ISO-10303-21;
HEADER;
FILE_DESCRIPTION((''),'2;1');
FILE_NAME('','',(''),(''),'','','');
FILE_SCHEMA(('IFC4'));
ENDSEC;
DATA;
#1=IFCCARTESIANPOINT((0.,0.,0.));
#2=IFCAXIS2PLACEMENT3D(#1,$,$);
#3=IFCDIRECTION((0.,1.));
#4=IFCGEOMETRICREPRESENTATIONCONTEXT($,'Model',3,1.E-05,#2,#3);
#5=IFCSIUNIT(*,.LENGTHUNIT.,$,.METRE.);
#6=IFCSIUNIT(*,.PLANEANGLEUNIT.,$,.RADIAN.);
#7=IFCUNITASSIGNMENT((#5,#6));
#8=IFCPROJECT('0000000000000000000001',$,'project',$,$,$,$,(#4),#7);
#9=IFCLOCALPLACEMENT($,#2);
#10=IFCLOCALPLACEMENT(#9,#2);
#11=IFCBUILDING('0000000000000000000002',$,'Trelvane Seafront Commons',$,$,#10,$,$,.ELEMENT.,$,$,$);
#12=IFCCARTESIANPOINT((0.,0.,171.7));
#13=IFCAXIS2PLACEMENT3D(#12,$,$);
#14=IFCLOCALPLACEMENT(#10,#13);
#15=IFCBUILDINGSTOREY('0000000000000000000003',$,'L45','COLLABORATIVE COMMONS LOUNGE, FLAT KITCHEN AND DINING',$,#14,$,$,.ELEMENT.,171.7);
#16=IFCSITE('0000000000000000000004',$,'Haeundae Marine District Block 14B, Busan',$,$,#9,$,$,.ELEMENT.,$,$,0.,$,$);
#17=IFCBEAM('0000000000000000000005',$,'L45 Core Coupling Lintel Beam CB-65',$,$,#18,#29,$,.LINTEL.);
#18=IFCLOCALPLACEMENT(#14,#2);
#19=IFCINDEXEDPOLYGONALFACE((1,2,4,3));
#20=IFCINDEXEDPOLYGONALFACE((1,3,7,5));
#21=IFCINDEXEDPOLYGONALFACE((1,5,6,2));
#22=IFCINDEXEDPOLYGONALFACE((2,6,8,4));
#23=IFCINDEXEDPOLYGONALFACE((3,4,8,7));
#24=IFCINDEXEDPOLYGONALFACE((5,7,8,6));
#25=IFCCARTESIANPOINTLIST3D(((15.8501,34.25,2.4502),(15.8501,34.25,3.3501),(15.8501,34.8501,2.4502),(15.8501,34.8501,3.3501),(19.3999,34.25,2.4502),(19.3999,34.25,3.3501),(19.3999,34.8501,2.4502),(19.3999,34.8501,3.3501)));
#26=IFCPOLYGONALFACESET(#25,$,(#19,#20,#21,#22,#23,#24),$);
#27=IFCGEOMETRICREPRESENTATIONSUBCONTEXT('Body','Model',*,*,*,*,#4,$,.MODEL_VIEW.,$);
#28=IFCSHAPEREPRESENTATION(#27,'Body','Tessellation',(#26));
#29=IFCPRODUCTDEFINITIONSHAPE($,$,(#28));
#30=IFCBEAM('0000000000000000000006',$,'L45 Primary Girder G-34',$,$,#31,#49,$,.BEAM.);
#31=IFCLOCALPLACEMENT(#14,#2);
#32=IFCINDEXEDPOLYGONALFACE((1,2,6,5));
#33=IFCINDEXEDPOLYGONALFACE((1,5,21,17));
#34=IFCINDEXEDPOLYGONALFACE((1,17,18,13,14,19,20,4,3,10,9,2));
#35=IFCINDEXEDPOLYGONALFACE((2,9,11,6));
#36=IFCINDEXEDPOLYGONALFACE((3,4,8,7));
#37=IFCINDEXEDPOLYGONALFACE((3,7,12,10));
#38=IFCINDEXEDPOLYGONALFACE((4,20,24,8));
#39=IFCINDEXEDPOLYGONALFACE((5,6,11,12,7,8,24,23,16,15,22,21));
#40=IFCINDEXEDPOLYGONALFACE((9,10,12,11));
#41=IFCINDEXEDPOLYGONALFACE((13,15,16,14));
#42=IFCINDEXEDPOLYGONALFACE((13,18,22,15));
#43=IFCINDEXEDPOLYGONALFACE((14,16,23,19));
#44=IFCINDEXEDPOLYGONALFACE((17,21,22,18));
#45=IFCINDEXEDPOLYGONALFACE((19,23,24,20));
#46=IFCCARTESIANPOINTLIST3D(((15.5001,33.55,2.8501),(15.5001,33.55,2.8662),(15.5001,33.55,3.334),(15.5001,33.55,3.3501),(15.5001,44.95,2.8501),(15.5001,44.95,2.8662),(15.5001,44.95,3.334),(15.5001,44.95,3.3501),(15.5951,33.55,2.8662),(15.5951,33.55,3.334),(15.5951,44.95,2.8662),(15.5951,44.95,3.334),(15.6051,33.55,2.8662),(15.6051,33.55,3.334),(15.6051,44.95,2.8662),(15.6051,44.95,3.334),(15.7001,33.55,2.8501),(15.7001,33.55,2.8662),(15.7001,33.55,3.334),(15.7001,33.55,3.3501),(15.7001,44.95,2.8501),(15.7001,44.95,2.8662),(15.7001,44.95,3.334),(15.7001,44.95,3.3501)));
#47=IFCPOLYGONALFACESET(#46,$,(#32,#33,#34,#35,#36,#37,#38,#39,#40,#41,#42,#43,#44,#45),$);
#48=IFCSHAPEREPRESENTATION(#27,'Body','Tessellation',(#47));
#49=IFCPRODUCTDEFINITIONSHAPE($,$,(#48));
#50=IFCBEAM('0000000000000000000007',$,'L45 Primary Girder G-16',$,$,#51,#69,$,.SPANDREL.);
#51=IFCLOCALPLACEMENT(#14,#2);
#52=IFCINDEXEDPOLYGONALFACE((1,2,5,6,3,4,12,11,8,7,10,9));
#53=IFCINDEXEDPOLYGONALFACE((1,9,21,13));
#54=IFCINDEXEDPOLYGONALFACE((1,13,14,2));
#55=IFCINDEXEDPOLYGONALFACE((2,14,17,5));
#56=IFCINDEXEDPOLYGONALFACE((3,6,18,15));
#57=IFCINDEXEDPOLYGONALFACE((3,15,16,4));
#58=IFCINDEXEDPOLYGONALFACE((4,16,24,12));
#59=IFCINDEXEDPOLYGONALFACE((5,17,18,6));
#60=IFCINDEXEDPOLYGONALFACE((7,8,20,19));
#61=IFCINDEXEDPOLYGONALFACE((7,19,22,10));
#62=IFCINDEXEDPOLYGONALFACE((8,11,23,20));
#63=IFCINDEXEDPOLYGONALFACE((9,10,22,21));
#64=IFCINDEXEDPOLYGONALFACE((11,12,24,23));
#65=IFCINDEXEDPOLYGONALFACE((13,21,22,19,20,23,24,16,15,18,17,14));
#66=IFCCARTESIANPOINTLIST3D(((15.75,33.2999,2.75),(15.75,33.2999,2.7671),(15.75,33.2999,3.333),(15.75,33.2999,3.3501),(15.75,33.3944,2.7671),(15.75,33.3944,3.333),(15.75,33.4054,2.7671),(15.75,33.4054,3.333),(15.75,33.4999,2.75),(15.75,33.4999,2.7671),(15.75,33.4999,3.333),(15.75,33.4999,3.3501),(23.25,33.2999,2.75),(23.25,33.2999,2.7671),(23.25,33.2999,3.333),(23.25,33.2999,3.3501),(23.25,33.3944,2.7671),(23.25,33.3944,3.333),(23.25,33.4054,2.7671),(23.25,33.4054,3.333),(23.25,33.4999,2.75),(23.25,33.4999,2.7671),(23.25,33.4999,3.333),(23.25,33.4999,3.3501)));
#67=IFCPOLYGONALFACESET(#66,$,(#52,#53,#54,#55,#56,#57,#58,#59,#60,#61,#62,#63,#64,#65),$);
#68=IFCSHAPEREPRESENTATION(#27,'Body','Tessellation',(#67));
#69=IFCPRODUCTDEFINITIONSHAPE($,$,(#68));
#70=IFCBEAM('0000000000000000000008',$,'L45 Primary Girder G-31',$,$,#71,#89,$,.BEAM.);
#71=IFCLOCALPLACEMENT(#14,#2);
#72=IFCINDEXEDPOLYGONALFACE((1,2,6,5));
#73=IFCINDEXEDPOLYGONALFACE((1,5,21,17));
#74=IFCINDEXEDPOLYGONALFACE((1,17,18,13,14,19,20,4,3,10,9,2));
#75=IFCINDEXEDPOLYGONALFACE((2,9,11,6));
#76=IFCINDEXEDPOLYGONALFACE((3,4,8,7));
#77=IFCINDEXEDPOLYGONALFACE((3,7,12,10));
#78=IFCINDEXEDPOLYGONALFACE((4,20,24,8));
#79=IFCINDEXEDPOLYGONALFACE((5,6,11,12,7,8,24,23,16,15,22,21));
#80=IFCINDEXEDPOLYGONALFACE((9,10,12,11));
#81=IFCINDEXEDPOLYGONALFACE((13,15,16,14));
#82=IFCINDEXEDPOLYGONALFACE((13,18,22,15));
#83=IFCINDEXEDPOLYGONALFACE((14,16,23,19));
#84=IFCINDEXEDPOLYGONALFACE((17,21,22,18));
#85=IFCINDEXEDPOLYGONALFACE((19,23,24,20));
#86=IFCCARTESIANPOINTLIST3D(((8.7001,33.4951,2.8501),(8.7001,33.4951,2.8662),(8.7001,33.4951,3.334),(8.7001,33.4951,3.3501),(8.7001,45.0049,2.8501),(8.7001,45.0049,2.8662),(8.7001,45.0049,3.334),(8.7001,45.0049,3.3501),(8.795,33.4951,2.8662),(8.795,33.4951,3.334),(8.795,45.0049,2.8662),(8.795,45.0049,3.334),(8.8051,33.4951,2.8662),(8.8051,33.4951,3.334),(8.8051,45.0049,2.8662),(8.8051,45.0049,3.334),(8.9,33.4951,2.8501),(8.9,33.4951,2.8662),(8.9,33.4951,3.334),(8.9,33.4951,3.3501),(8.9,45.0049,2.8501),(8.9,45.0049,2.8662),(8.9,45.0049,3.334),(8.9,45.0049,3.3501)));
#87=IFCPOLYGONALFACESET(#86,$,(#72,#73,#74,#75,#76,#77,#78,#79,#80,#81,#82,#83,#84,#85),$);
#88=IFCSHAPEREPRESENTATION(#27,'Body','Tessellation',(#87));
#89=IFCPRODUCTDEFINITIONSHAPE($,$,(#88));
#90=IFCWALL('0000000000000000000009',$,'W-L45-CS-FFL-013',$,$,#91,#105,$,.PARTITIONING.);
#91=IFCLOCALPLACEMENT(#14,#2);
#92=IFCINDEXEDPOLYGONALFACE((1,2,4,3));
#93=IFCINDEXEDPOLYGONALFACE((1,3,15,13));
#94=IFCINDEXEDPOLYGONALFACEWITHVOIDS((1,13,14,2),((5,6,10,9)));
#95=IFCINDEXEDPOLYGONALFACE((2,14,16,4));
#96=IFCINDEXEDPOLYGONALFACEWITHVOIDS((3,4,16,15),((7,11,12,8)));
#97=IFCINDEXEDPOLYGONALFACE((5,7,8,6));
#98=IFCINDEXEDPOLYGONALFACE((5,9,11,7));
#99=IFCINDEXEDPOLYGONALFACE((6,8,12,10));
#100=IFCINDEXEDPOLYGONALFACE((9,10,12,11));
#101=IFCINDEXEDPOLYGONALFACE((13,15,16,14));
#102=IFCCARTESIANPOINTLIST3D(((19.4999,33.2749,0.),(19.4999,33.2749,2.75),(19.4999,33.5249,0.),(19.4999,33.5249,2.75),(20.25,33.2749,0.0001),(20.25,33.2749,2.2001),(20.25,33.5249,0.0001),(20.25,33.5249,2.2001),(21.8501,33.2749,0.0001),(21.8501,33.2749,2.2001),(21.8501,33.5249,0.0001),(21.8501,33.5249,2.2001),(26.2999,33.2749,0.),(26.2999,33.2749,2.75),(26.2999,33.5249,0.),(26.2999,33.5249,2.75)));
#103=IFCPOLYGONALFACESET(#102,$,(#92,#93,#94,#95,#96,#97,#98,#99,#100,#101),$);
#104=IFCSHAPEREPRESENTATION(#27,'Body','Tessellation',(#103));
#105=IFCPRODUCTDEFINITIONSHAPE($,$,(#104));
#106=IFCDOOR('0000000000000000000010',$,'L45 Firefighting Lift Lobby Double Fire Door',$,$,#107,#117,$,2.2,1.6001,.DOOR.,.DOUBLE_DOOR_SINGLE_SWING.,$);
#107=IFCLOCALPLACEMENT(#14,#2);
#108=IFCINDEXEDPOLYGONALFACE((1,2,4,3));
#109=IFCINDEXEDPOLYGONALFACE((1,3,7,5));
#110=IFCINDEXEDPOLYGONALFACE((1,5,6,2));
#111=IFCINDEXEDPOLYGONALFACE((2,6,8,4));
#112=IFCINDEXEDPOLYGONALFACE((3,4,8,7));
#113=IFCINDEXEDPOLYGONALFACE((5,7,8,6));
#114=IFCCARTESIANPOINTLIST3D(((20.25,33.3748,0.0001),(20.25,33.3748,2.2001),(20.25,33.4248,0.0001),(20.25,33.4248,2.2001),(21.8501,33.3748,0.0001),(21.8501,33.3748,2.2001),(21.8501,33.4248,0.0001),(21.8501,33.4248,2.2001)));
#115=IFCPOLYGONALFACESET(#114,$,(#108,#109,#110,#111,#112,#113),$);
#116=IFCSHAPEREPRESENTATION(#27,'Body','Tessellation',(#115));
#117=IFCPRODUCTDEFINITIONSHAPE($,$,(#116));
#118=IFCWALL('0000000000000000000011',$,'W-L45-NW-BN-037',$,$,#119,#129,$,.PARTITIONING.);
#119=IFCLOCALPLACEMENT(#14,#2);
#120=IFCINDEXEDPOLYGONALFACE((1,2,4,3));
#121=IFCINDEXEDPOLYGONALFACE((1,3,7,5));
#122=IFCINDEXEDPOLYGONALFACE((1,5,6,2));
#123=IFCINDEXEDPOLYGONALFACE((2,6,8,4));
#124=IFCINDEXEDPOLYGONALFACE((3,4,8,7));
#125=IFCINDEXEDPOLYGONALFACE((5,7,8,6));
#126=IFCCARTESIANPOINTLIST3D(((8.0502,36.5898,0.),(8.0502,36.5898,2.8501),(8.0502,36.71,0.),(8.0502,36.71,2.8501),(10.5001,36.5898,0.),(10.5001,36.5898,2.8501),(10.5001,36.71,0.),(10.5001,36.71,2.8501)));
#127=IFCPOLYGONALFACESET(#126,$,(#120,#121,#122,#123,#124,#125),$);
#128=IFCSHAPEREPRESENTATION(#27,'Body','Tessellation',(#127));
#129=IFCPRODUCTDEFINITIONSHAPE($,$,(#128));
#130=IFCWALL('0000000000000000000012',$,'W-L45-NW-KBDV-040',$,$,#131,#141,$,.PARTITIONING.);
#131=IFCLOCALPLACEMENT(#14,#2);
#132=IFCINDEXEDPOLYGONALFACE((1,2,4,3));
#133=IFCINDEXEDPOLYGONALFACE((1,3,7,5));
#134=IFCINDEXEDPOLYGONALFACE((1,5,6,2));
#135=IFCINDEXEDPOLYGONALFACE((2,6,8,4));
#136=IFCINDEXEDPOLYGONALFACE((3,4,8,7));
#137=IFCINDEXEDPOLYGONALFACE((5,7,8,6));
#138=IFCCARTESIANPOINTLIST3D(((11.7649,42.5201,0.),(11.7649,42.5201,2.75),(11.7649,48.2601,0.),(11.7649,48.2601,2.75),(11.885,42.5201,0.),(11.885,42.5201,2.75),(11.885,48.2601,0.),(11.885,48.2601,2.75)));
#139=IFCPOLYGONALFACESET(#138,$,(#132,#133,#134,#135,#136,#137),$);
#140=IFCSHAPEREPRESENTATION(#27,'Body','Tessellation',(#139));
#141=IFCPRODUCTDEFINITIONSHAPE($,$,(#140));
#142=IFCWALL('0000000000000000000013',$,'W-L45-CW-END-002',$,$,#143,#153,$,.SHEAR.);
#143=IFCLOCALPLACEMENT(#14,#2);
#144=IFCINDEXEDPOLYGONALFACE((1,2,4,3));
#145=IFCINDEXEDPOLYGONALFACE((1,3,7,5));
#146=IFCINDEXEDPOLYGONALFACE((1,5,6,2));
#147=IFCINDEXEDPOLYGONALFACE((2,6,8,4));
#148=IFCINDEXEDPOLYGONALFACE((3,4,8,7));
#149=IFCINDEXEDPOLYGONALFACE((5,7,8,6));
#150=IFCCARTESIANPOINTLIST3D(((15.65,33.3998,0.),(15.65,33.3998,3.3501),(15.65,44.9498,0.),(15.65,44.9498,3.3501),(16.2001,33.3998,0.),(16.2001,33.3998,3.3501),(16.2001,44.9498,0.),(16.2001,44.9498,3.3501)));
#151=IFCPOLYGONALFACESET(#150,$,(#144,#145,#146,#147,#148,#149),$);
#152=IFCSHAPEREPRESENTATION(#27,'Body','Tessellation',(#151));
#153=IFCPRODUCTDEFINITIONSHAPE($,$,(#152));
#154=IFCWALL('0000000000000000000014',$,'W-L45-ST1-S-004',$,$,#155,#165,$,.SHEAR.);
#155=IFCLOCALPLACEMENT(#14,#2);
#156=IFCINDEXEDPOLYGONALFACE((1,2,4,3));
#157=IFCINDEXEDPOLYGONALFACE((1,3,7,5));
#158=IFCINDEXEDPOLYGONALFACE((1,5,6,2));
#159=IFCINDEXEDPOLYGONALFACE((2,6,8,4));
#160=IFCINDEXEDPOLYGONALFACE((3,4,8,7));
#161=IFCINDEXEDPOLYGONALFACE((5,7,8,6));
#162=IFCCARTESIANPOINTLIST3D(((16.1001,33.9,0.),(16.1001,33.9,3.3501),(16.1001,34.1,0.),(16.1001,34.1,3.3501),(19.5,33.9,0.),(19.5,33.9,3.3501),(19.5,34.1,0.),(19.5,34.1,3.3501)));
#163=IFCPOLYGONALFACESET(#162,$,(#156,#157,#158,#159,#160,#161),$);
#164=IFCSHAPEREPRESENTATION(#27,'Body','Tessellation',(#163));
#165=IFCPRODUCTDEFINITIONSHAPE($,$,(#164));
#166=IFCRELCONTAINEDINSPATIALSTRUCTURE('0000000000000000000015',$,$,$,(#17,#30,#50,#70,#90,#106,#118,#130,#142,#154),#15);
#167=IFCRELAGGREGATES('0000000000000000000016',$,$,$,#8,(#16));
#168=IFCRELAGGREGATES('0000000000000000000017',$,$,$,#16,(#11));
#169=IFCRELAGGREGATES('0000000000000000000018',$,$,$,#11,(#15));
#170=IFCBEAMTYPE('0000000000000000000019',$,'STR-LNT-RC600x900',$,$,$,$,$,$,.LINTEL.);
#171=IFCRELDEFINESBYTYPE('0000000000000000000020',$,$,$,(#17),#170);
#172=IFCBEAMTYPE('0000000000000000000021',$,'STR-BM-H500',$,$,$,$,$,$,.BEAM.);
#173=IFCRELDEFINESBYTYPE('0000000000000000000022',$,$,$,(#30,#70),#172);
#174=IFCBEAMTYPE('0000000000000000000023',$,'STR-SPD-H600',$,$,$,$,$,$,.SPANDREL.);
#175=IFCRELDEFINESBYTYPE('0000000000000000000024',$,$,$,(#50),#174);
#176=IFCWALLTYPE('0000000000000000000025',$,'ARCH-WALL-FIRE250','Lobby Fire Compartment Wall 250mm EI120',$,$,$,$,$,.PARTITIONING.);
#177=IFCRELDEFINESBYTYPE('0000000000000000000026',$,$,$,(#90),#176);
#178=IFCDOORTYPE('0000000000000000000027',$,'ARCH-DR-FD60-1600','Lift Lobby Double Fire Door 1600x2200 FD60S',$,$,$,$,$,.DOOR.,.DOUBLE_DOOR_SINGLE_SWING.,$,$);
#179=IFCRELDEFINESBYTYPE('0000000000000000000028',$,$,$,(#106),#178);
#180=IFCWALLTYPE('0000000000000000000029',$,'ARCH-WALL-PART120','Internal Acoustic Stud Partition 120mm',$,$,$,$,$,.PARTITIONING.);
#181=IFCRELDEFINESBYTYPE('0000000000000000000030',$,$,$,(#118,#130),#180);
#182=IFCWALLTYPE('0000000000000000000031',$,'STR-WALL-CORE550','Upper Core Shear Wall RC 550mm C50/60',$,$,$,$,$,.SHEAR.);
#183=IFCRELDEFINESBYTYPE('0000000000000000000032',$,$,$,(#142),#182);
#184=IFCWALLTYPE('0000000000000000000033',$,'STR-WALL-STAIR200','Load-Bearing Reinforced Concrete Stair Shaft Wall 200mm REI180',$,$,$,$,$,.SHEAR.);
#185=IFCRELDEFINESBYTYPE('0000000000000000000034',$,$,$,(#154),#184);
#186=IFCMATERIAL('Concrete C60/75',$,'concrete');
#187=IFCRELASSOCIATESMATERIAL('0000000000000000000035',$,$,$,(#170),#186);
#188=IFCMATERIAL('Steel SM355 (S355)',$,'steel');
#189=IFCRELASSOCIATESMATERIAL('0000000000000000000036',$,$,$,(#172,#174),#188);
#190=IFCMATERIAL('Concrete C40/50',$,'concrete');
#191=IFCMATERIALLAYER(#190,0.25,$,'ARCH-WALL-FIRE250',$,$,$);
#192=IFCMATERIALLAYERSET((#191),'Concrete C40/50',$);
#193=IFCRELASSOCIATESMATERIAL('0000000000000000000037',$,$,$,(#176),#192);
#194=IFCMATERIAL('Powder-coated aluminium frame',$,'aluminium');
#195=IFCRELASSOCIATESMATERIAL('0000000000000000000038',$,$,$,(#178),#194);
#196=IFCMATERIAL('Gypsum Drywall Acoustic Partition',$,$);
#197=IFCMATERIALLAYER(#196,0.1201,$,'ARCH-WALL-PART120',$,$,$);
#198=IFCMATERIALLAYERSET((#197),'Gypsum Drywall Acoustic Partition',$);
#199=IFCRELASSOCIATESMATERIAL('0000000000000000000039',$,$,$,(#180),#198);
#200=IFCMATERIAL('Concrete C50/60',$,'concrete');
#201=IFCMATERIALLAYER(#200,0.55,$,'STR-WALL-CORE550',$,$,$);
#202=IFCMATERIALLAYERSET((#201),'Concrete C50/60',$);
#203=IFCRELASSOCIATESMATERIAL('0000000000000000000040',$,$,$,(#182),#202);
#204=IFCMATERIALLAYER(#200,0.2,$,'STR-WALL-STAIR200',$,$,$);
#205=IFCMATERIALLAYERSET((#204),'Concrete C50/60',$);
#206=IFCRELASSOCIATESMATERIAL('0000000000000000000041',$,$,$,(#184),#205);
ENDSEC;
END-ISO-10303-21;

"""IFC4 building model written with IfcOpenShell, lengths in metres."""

from ifc_helpers import new_model, si_unit, direction, frame, frame_2d, origin, origin_2d, place, context, subcontext, project, spatial, rectangle, i_section, extrude, source, transform, mapped, material, layer, layer_set, material_profile, profile_set, type_object, element, fill, save


model = new_model("IFC4")

# Units and contexts
model_context = context("Model", 3, precision=1e-05, world=origin(), true_north=direction((0.0, 1.0)))
body_context = subcontext(model_context, "Body", "Model", "MODEL_VIEW")
ifc_project = project(units=[si_unit("LENGTHUNIT", "METRE"), si_unit("PLANEANGLEUNIT", "RADIAN")], contexts=[model_context])

# Site, building, storey
site_placement = place(None, origin())
site = spatial("IfcSite", under=ifc_project, at=site_placement, Name="Haeundae Marine District Block 14B, Busan", CompositionType="ELEMENT", RefElevation=0.0)
building_placement = place(site_placement, origin())
building = spatial("IfcBuilding", under=site, at=building_placement, Name="Trelvane Seafront Commons", CompositionType="ELEMENT")
storey_placement = place(building_placement, frame((0.0, 0.0, 171.7)))
storey = spatial("IfcBuildingStorey", under=building, at=storey_placement, Name="L45", Description="COLLABORATIVE COMMONS LOUNGE, FLAT KITCHEN AND DINING", CompositionType="ELEMENT", Elevation=171.7)

# Beams
ifc_material_1 = material(Name="Concrete C60/75", Category="concrete")
ifc_material_profile_1 = material_profile(ifc_material_1, rectangle(XDim=0.6001, YDim=0.8999, at=origin_2d()), Name="RC-600x900")
ifc_profile_set_1 = profile_set([ifc_material_profile_1], Name="Concrete C60/75")
beam_type_1 = type_object("IfcBeamType", Name="STR-LNT-RC600x900", PredefinedType="LINTEL", material=ifc_profile_set_1)
shared_shape_1 = source(origin(), body_context, "Body", "SweptSolid", [
    extrude(rectangle(XDim=0.6001, YDim=0.8999, at=origin_2d()), origin(), (0.0, 0.0, 1.0), 3.5498),
])
beam_1_placement = place(storey_placement, frame((15.8501, 34.55, 2.9001), z_axis=(1.0, 0.0, 0.0), x_axis=(0.0, 1.0, 0.0)))
element("IfcBeam", 1, at=beam_1_placement, inside=storey, type_object=beam_type_1, Name="L45 Core Coupling Lintel Beam CB-65", PredefinedType="LINTEL", context=body_context, shape_type="MappedRepresentation", body=[
    mapped(shared_shape_1, transform((0.0, 0.0, 0.0), x_axis=(1.0, 0.0, 0.0), y_axis=(0.0, 1.0, 0.0), z_axis=(0.0, 0.0, 1.0), scale=1.0)),
])
ifc_material_2 = material(Name="Steel SM355 (S355)", Category="steel")
ifc_material_profile_2 = material_profile(ifc_material_2, i_section(OverallWidth=0.2, OverallDepth=0.5, WebThickness=0.01, FlangeThickness=0.0161, at=origin_2d()), Name="H-500x200x10x16")
ifc_profile_set_2 = profile_set([ifc_material_profile_2], Name="Steel SM355 (S355)")
beam_type_2 = type_object("IfcBeamType", Name="STR-BM-H500", PredefinedType="BEAM", material=ifc_profile_set_2)
shared_shape_2 = source(origin(), body_context, "Body", "SweptSolid", [
    extrude(i_section(OverallWidth=0.2, OverallDepth=0.5, WebThickness=0.01, FlangeThickness=0.0161, at=origin_2d()), origin(), (0.0, 0.0, 1.0), 11.3999),
])
beam_2_placement = place(storey_placement, frame((15.6001, 33.55, 3.1001), z_axis=(0.0, 1.0, 0.0), x_axis=(-1.0, 0.0, 0.0)))
element("IfcBeam", 2, at=beam_2_placement, inside=storey, type_object=beam_type_2, Name="L45 Primary Girder G-34", PredefinedType="BEAM", context=body_context, shape_type="MappedRepresentation", body=[
    mapped(shared_shape_2, transform((0.0, 0.0, 0.0), x_axis=(1.0, 0.0, 0.0), y_axis=(0.0, 1.0, 0.0), z_axis=(0.0, 0.0, 1.0), scale=1.0)),
])
ifc_material_profile_3 = material_profile(ifc_material_2, i_section(OverallWidth=0.2, OverallDepth=0.6001, WebThickness=0.011, FlangeThickness=0.0171, at=origin_2d()), Name="H-600x200x11x17")
ifc_profile_set_3 = profile_set([ifc_material_profile_3], Name="Steel SM355 (S355)")
beam_type_3 = type_object("IfcBeamType", Name="STR-SPD-H600", PredefinedType="SPANDREL", material=ifc_profile_set_3)
shared_shape_3 = source(origin(), body_context, "Body", "SweptSolid", [
    extrude(i_section(OverallWidth=0.2, OverallDepth=0.6001, WebThickness=0.011, FlangeThickness=0.0171, at=origin_2d()), origin(), (0.0, 0.0, 1.0), 7.5),
])
beam_3_placement = place(storey_placement, frame((15.75, 33.3999, 3.05), z_axis=(1.0, 0.0, 0.0), x_axis=(0.0, 1.0, 0.0)))
element("IfcBeam", 3, at=beam_3_placement, inside=storey, type_object=beam_type_3, Name="L45 Primary Girder G-16", PredefinedType="SPANDREL", context=body_context, shape_type="MappedRepresentation", body=[
    mapped(shared_shape_3, transform((0.0, 0.0, 0.0), x_axis=(1.0, 0.0, 0.0), y_axis=(0.0, 1.0, 0.0), z_axis=(0.0, 0.0, 1.0), scale=1.0)),
])
shared_shape_4 = source(origin(), body_context, "Body", "SweptSolid", [
    extrude(i_section(OverallWidth=0.2, OverallDepth=0.5, WebThickness=0.01, FlangeThickness=0.0161, at=origin_2d()), origin(), (0.0, 0.0, 1.0), 11.5098),
])
beam_4_placement = place(storey_placement, frame((8.8, 33.4951, 3.1001), z_axis=(0.0, 1.0, 0.0), x_axis=(-1.0, 0.0, 0.0)))
element("IfcBeam", 4, at=beam_4_placement, inside=storey, type_object=beam_type_2, Name="L45 Primary Girder G-31", PredefinedType="BEAM", context=body_context, shape_type="MappedRepresentation", body=[
    mapped(shared_shape_4, transform((0.0, 0.0, 0.0), x_axis=(1.0, 0.0, 0.0), y_axis=(0.0, 1.0, 0.0), z_axis=(0.0, 0.0, 1.0), scale=1.0)),
])

# Wall, opening, door
ifc_material_3 = material(Name="Concrete C40/50", Category="concrete")
ifc_layer_1 = layer(ifc_material_3, 0.25, Name="ARCH-WALL-FIRE250")
ifc_layer_set_1 = layer_set([ifc_layer_1], Name="Concrete C40/50")
wall_type_1 = type_object("IfcWallType", Name="ARCH-WALL-FIRE250", Description="Lobby Fire Compartment Wall 250mm EI120", PredefinedType="PARTITIONING", material=ifc_layer_set_1)
wall_1_placement = place(storey_placement, frame((19.5, 33.3999, 0.0), z_axis=(0.0, 0.0, 1.0), x_axis=(1.0, 0.0, 0.0)))
wall_1 = element("IfcWall", 5, at=wall_1_placement, inside=storey, type_object=wall_type_1, Name="W-L45-CS-FFL-013", PredefinedType="PARTITIONING", context=body_context, shape_type="SweptSolid", body=[
    extrude(rectangle(XDim=6.8, YDim=0.25, at=frame_2d((3.3999, 0.0))), origin(), (0.0, 0.0, 1.0), 2.75),
])
opening_1_placement = place(wall_1_placement, frame((0.75, 0.0, 0.0)))
opening_1 = element("IfcOpeningElement", 6, at=opening_1_placement, cuts=wall_1, PredefinedType="OPENING", context=body_context, shape_type="SweptSolid", body=[
    extrude(rectangle(XDim=1.6001, YDim=2.2, at=frame_2d((0.8, 1.1001))), frame((0.0, 0.135, 0.0), z_axis=(0.0, -1.0, 0.0), x_axis=(1.0, 0.0, 0.0)), (0.0, 0.0, 1.0), 0.27),
])
ifc_material_4 = material(Name="Powder-coated aluminium frame", Category="aluminium")
door_type_1 = type_object("IfcDoorType", Name="ARCH-DR-FD60-1600", Description="Lift Lobby Double Fire Door 1600x2200 FD60S", OperationType="DOUBLE_DOOR_SINGLE_SWING", PredefinedType="DOOR", material=ifc_material_4)
shared_shape_5 = source(origin(), body_context, "Body", "SweptSolid", [
    extrude(rectangle(XDim=1.6001, YDim=2.2, at=frame_2d((0.8, 1.1001))), frame((0.0, 0.0249, 0.0), z_axis=(0.0, -1.0, 0.0), x_axis=(1.0, 0.0, 0.0)), (0.0, 0.0, 1.0), 0.05),
])
door_1_placement = place(opening_1_placement, origin())
door_1 = element("IfcDoor", 7, at=door_1_placement, inside=storey, type_object=door_type_1, Name="L45 Firefighting Lift Lobby Double Fire Door", OperationType="DOUBLE_DOOR_SINGLE_SWING", OverallHeight=2.2, OverallWidth=1.6001, PredefinedType="DOOR", context=body_context, shape_type="MappedRepresentation", body=[
    mapped(shared_shape_5, transform((0.0, 0.0, 0.0), x_axis=(1.0, 0.0, 0.0), y_axis=(0.0, 1.0, 0.0), z_axis=(0.0, 0.0, 1.0), scale=1.0)),
])
fill(opening_1, door_1)

# Wall
ifc_material_5 = material(Name="Gypsum Drywall Acoustic Partition")
ifc_layer_2 = layer(ifc_material_5, 0.1201, Name="ARCH-WALL-PART120")
ifc_layer_set_2 = layer_set([ifc_layer_2], Name="Gypsum Drywall Acoustic Partition")
wall_type_2 = type_object("IfcWallType", Name="ARCH-WALL-PART120", Description="Internal Acoustic Stud Partition 120mm", PredefinedType="PARTITIONING", material=ifc_layer_set_2)
wall_2_placement = place(storey_placement, frame((8.05, 36.6499, 0.0), z_axis=(0.0, 0.0, 1.0), x_axis=(1.0, 0.0, 0.0)))
element("IfcWall", 8, at=wall_2_placement, inside=storey, type_object=wall_type_2, Name="W-L45-NW-BN-037", PredefinedType="PARTITIONING", context=body_context, shape_type="SweptSolid", body=[
    extrude(rectangle(XDim=2.45, YDim=0.1201, at=frame_2d((1.2251, 0.0))), origin(), (0.0, 0.0, 1.0), 2.8501),
])

# Wall
wall_3_placement = place(storey_placement, frame((11.825, 42.52, 0.0), z_axis=(0.0, 0.0, 1.0), x_axis=(0.0, 1.0, 0.0)))
element("IfcWall", 9, at=wall_3_placement, inside=storey, type_object=wall_type_2, Name="W-L45-NW-KBDV-040", PredefinedType="PARTITIONING", context=body_context, shape_type="SweptSolid", body=[
    extrude(rectangle(XDim=5.74, YDim=0.1201, at=frame_2d((2.8701, 0.0))), origin(), (0.0, 0.0, 1.0), 2.75),
])

# Walls
ifc_material_6 = material(Name="Concrete C50/60", Category="concrete")
ifc_layer_3 = layer(ifc_material_6, 0.55, Name="STR-WALL-CORE550")
ifc_layer_set_3 = layer_set([ifc_layer_3], Name="Concrete C50/60")
wall_type_3 = type_object("IfcWallType", Name="STR-WALL-CORE550", Description="Upper Core Shear Wall RC 550mm C50/60", PredefinedType="SHEAR", material=ifc_layer_set_3)
wall_4_placement = place(storey_placement, frame((15.925, 33.3999, 0.0), z_axis=(0.0, 0.0, 1.0), x_axis=(0.0, 1.0, 0.0)))
element("IfcWall", 10, at=wall_4_placement, inside=storey, type_object=wall_type_3, Name="W-L45-CW-END-002", PredefinedType="SHEAR", context=body_context, shape_type="SweptSolid", body=[
    extrude(rectangle(XDim=11.55, YDim=0.55, at=frame_2d((5.7749, 0.0))), origin(), (0.0, 0.0, 1.0), 3.3501),
])
ifc_layer_4 = layer(ifc_material_6, 0.2, Name="STR-WALL-STAIR200")
ifc_layer_set_4 = layer_set([ifc_layer_4], Name="Concrete C50/60")
wall_type_4 = type_object("IfcWallType", Name="STR-WALL-STAIR200", Description="Load-Bearing Reinforced Concrete Stair Shaft Wall 200mm REI180", PredefinedType="SHEAR", material=ifc_layer_set_4)
wall_5_placement = place(storey_placement, frame((16.1001, 34.0, 0.0), z_axis=(0.0, 0.0, 1.0), x_axis=(1.0, 0.0, 0.0)))
element("IfcWall", 11, at=wall_5_placement, inside=storey, type_object=wall_type_4, Name="W-L45-ST1-S-004", PredefinedType="SHEAR", context=body_context, shape_type="SweptSolid", body=[
    extrude(rectangle(XDim=3.3999, YDim=0.2, at=frame_2d((1.7, 0.0))), origin(), (0.0, 0.0, 1.0), 3.3501),
])

save(model, "model.ifc")
